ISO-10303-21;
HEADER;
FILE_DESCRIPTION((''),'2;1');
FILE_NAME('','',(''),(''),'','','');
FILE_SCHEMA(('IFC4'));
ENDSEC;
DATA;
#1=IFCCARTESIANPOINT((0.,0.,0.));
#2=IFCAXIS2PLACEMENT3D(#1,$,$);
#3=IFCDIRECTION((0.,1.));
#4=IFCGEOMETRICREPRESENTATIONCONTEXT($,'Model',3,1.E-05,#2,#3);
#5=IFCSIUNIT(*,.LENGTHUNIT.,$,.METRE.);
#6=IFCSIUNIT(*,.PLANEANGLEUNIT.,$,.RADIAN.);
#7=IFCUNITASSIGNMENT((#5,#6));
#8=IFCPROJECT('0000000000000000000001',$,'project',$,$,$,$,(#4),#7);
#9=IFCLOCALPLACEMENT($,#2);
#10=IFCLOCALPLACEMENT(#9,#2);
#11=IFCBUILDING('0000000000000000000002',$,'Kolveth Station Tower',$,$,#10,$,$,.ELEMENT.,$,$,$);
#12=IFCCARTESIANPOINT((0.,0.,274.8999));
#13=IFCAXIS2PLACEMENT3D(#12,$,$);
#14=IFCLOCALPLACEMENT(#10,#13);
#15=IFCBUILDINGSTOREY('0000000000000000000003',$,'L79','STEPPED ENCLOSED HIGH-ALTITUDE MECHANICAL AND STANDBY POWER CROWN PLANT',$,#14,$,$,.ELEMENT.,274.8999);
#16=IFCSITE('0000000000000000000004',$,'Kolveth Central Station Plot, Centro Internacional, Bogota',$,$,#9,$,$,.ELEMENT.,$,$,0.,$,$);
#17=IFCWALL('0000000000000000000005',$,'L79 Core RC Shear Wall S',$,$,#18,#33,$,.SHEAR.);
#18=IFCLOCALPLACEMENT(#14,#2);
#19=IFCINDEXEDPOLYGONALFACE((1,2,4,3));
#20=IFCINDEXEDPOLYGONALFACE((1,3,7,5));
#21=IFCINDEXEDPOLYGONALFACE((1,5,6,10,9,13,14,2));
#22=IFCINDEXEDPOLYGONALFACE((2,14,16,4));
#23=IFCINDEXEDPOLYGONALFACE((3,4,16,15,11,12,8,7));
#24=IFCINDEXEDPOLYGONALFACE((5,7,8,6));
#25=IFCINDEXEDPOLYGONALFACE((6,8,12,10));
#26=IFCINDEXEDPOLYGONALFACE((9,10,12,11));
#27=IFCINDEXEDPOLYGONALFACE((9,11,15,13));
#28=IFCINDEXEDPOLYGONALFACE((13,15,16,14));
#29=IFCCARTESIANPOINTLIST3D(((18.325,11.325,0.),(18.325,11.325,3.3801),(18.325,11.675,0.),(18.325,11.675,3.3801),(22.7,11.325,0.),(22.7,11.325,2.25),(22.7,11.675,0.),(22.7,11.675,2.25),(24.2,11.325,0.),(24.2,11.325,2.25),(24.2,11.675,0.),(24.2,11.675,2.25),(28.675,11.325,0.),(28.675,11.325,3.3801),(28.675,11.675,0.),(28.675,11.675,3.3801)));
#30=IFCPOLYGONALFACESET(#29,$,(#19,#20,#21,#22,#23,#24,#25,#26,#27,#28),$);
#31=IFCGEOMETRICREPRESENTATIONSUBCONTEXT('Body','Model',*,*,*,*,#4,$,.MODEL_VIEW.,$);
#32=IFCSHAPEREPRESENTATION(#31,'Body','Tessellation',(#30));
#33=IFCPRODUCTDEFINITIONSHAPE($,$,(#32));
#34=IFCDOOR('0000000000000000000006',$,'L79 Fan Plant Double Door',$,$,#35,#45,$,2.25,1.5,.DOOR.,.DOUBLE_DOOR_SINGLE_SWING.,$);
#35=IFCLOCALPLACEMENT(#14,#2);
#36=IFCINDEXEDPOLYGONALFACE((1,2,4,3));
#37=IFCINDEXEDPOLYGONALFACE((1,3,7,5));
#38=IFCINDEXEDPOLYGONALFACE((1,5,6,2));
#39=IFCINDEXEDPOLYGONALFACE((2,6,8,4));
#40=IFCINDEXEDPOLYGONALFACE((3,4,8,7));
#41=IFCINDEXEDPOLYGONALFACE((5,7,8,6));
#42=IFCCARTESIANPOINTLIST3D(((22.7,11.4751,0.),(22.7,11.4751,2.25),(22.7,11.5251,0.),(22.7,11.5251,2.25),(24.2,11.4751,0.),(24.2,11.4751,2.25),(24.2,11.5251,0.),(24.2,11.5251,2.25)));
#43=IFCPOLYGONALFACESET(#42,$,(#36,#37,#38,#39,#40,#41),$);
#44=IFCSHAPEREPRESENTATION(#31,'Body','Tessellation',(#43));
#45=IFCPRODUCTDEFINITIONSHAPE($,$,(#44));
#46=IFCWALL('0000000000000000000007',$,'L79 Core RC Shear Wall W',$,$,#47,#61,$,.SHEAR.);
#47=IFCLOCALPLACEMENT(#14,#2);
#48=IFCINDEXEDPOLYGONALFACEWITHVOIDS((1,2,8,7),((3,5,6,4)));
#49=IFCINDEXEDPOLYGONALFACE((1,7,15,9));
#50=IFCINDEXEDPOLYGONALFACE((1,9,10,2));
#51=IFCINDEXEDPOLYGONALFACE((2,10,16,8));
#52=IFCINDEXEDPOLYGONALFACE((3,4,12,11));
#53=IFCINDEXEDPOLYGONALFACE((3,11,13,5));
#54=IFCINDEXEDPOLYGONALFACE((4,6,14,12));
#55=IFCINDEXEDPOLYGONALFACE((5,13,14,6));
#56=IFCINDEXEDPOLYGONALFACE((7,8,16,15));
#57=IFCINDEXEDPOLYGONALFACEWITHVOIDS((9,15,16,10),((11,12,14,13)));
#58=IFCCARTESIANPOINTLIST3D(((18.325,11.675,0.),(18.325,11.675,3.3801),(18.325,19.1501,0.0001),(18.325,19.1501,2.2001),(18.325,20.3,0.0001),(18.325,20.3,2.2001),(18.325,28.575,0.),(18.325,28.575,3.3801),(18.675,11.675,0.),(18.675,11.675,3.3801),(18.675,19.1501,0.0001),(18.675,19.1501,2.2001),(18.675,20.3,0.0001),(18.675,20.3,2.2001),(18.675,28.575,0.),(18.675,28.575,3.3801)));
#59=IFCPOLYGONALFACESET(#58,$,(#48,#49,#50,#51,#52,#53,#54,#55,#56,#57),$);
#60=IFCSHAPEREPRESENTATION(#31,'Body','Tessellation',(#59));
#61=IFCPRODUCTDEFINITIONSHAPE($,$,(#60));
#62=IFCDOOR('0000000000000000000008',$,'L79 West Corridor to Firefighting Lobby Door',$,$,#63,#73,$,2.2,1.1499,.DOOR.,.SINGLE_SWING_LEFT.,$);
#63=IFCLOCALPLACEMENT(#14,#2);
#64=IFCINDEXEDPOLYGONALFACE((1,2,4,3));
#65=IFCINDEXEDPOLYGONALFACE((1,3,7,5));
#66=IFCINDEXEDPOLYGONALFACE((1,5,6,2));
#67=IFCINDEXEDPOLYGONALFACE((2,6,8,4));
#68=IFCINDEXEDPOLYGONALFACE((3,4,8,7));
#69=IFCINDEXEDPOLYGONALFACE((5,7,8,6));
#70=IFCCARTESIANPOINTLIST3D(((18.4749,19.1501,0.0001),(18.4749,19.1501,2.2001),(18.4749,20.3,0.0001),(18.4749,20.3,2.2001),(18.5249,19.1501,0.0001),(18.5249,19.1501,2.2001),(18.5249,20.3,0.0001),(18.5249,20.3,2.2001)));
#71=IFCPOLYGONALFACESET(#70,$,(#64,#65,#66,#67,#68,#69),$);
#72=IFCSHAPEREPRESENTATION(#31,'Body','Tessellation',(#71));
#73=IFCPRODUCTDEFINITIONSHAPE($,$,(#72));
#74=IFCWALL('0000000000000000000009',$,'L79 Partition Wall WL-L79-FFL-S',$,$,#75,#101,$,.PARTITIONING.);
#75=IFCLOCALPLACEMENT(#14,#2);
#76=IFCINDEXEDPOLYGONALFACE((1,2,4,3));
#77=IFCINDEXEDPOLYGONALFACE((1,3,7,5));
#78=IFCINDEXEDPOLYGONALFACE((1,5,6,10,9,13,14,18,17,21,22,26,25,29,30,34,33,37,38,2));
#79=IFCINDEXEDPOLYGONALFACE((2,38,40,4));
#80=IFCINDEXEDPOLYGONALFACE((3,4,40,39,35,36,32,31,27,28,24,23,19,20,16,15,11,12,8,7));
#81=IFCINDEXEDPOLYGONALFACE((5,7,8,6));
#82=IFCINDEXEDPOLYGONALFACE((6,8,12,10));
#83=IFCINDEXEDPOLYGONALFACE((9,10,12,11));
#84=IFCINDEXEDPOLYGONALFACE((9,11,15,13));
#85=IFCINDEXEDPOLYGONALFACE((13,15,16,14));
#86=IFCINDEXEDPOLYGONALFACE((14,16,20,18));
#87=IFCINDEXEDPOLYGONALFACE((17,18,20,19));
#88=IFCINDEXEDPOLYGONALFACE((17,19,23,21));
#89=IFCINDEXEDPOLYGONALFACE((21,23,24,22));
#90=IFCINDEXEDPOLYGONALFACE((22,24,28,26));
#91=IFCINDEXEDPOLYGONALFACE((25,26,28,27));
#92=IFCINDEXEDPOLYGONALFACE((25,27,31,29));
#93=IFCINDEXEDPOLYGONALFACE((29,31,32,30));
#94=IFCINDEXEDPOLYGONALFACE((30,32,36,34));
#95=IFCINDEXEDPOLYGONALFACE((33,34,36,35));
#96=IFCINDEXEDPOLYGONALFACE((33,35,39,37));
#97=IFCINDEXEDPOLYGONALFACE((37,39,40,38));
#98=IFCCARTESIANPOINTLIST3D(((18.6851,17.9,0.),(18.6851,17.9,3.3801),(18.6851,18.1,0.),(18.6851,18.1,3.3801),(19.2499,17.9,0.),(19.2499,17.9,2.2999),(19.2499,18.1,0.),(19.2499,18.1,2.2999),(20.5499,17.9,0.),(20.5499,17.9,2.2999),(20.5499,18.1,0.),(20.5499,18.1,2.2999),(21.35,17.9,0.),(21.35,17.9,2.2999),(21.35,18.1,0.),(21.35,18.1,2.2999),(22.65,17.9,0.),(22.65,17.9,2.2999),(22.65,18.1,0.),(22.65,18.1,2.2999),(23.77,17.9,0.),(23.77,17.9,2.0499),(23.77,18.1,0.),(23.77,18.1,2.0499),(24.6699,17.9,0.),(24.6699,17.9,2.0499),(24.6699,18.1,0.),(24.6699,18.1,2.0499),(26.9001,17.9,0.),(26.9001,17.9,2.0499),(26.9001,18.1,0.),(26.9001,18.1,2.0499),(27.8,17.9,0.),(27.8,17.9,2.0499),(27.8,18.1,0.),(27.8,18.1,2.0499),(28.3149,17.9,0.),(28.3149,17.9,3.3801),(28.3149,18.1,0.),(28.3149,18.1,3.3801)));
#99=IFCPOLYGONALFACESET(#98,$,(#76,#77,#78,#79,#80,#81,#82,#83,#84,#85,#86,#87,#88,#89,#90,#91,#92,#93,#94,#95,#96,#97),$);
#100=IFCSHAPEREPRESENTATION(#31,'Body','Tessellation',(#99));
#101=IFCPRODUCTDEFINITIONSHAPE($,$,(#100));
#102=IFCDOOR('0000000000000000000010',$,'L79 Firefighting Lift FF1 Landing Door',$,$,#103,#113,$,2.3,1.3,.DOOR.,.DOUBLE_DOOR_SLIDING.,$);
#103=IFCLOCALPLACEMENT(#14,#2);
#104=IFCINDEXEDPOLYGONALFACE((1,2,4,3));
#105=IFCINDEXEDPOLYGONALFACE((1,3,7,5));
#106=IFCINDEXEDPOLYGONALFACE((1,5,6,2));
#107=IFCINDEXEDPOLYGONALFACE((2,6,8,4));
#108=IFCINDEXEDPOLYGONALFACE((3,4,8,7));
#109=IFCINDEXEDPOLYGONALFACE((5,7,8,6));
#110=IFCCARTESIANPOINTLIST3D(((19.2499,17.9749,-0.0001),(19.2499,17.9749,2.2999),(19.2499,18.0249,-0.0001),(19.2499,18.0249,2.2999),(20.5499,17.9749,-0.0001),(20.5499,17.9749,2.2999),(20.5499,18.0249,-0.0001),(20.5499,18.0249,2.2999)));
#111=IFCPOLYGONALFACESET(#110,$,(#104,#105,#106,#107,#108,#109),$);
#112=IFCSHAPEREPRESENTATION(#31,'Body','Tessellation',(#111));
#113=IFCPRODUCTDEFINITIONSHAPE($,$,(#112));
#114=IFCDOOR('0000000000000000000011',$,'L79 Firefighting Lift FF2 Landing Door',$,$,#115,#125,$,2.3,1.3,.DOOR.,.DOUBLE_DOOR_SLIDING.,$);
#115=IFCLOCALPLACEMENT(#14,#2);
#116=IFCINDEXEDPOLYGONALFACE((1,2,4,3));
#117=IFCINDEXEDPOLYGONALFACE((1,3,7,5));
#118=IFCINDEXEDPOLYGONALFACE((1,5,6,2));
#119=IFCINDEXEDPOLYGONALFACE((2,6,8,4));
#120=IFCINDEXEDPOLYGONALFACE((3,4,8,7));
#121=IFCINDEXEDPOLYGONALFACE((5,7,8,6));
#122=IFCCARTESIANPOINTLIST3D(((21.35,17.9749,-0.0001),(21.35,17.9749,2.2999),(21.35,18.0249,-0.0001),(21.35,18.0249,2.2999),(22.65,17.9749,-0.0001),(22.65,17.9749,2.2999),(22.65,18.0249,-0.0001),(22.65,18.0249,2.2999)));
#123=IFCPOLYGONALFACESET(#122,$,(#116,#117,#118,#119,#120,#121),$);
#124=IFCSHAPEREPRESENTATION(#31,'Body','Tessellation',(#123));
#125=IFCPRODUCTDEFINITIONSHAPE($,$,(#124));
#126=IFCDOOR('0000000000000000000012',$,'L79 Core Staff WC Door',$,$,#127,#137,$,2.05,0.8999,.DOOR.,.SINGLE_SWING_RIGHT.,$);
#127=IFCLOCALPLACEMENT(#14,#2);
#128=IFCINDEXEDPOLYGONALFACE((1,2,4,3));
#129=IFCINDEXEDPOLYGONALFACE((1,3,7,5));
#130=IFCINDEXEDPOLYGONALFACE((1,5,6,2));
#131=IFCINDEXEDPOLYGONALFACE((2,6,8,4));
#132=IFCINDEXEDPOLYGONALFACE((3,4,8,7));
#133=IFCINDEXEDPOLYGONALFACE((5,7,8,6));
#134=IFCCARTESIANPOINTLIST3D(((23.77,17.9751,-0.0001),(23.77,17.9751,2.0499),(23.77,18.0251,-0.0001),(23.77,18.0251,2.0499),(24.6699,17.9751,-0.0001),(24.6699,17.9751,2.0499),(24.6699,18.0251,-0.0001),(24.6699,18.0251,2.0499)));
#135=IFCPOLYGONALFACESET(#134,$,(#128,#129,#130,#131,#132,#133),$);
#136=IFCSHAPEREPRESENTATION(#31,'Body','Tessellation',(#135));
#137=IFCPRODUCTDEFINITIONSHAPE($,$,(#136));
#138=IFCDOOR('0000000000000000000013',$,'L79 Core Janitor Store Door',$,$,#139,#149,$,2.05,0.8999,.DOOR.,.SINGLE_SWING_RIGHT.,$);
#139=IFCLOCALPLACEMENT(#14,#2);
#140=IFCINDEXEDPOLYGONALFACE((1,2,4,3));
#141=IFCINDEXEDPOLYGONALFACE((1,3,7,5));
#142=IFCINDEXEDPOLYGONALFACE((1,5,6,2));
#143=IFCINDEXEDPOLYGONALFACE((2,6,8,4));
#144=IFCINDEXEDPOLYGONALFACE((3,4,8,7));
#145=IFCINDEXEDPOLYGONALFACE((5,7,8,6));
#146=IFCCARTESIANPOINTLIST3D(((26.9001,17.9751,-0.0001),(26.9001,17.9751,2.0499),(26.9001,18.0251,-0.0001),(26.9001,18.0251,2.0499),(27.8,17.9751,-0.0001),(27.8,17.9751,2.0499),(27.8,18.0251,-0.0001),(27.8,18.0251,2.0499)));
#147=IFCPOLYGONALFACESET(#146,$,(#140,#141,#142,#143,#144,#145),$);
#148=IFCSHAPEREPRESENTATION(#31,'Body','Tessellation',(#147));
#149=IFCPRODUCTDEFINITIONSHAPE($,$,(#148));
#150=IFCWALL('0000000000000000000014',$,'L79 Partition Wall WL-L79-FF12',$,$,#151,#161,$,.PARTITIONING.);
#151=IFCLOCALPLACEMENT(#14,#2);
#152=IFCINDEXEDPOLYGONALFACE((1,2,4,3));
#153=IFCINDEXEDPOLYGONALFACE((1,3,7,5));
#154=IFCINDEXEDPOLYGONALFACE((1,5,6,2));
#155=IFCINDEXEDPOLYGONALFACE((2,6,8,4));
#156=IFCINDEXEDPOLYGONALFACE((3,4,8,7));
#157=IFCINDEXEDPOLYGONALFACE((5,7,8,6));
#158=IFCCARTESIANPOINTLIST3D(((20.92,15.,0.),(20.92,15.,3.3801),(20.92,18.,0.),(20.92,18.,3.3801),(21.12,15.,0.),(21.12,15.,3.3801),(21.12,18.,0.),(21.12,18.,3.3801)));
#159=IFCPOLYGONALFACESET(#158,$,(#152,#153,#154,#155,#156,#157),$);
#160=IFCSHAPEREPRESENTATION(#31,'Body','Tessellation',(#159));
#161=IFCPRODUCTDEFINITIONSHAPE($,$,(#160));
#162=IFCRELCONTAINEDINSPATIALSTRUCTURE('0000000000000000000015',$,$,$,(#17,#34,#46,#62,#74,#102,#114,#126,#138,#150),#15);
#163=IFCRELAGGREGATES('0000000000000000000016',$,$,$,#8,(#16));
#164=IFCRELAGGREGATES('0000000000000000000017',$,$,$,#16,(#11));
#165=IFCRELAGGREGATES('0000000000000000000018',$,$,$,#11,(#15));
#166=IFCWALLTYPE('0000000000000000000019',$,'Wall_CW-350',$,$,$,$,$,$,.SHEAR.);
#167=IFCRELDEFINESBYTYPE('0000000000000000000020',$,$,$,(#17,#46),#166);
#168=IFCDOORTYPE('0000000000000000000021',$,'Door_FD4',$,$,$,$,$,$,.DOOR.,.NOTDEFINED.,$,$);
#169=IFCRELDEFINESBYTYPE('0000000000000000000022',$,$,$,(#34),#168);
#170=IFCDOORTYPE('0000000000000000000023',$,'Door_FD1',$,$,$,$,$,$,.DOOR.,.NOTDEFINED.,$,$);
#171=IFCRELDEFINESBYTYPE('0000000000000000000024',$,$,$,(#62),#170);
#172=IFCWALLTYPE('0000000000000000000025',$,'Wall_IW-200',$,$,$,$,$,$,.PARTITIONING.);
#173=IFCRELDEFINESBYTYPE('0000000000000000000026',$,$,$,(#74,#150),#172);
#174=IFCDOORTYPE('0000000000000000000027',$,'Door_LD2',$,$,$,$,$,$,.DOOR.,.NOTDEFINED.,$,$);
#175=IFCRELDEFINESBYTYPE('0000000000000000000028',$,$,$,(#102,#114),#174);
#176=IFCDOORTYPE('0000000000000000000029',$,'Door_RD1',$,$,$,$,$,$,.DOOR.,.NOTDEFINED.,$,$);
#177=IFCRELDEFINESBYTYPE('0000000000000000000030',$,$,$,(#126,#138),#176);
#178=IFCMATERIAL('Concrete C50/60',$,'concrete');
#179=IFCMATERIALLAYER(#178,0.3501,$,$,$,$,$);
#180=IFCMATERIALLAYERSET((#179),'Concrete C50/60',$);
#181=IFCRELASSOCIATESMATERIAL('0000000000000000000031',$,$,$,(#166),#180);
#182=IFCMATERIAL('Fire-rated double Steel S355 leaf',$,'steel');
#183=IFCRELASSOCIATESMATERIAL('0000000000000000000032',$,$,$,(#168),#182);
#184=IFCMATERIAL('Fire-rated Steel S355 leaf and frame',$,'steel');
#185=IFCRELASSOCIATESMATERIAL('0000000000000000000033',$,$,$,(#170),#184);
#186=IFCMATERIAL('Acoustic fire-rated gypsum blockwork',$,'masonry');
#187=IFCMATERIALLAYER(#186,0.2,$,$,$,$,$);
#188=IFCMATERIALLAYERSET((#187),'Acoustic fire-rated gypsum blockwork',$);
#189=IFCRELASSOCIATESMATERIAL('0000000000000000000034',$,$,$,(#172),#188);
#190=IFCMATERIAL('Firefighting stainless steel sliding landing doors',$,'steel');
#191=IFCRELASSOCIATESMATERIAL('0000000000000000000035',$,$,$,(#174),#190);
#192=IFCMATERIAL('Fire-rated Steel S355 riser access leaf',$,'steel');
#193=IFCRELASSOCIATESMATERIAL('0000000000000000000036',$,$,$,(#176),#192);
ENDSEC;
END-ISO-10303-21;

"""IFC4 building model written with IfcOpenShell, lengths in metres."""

from ifc_helpers import new_model, si_unit, direction, frame, frame_2d, origin, place, context, subcontext, project, spatial, rectangle, extrude, material, layer, layer_set, type_object, element, fill, save


model = new_model("IFC4")

# Units and contexts
model_context = context("Model", 3, precision=1e-05, world=origin(), true_north=direction((0.0, 1.0)))
body_context = subcontext(model_context, "Body", "Model", "MODEL_VIEW")
ifc_project = project(units=[si_unit("LENGTHUNIT", "METRE"), si_unit("PLANEANGLEUNIT", "RADIAN")], contexts=[model_context])

# Site, building, storey
site_placement = place(None, origin())
site = spatial("IfcSite", under=ifc_project, at=site_placement, Name="Kolveth Central Station Plot, Centro Internacional, Bogota", CompositionType="ELEMENT", RefElevation=0.0)
building_placement = place(site_placement, origin())
building = spatial("IfcBuilding", under=site, at=building_placement, Name="Kolveth Station Tower", CompositionType="ELEMENT")
storey_placement = place(building_placement, frame((0.0, 0.0, 274.8999)))
storey = spatial("IfcBuildingStorey", under=building, at=storey_placement, Name="L79", Description="STEPPED ENCLOSED HIGH-ALTITUDE MECHANICAL AND STANDBY POWER CROWN PLANT", CompositionType="ELEMENT", Elevation=274.8999)

# Walls, openings, doors
ifc_material_1 = material(Name="Concrete C50/60", Category="concrete")
ifc_layer_1 = layer(ifc_material_1, 0.3501)
ifc_layer_set_1 = layer_set([ifc_layer_1], Name="Concrete C50/60")
wall_type_1 = type_object("IfcWallType", Name="Wall_CW-350", PredefinedType="SHEAR", material=ifc_layer_set_1)
wall_1_placement = place(storey_placement, frame((18.325, 11.5, 0.0), z_axis=(0.0, 0.0, 1.0), x_axis=(1.0, 0.0, 0.0)))
wall_1 = element("IfcWall", 1, at=wall_1_placement, inside=storey, type_object=wall_type_1, Name="L79 Core RC Shear Wall S", PredefinedType="SHEAR", context=body_context, shape_type="SweptSolid", body=[
    extrude(rectangle(XDim=10.3501, YDim=0.3501, at=frame_2d((5.175, 0.0))), origin(), (0.0, 0.0, 1.0), 3.3801),
])
opening_1_placement = place(wall_1_placement, frame((4.375, 0.0, 0.0)))
opening_1 = element("IfcOpeningElement", 2, at=opening_1_placement, cuts=wall_1, PredefinedType="OPENING", context=body_context, shape_type="SweptSolid", body=[
    extrude(rectangle(XDim=1.5, YDim=2.25, at=frame_2d((0.75, 1.125))), frame((0.0, 0.1851, 0.0), z_axis=(0.0, -1.0, 0.0), x_axis=(1.0, 0.0, 0.0)), (0.0, 0.0, 1.0), 0.3701),
])
ifc_material_2 = material(Name="Fire-rated double Steel S355 leaf", Category="steel")
door_type_1 = type_object("IfcDoorType", Name="Door_FD4", OperationType="NOTDEFINED", PredefinedType="DOOR", material=ifc_material_2)
door_1_placement = place(opening_1_placement, frame((1.5, 0.0, 0.0), z_axis=(0.0, 0.0, 1.0), x_axis=(-1.0, 0.0, 0.0)))
door_1 = element("IfcDoor", 3, at=door_1_placement, inside=storey, type_object=door_type_1, Name="L79 Fan Plant Double Door", OperationType="DOUBLE_DOOR_SINGLE_SWING", OverallHeight=2.25, OverallWidth=1.5, PredefinedType="DOOR", context=body_context, shape_type="SweptSolid", body=[
    extrude(rectangle(XDim=1.5, YDim=2.25, at=frame_2d((0.75, 1.125))), frame((0.0, 0.0249, 0.0), z_axis=(0.0, -1.0, 0.0), x_axis=(1.0, 0.0, 0.0)), (0.0, 0.0, 1.0), 0.05),
])
fill(opening_1, door_1)
wall_2_placement = place(storey_placement, frame((18.5, 11.675, 0.0), z_axis=(0.0, 0.0, 1.0), x_axis=(0.0, 1.0, 0.0)))
wall_2 = element("IfcWall", 4, at=wall_2_placement, inside=storey, type_object=wall_type_1, Name="L79 Core RC Shear Wall W", PredefinedType="SHEAR", context=body_context, shape_type="SweptSolid", body=[
    extrude(rectangle(XDim=16.8999, YDim=0.3501, at=frame_2d((8.45, 0.0))), origin(), (0.0, 0.0, 1.0), 3.3801),
])
opening_2_placement = place(wall_2_placement, frame((7.4751, 0.0, 0.0)))
opening_2 = element("IfcOpeningElement", 5, at=opening_2_placement, cuts=wall_2, PredefinedType="OPENING", context=body_context, shape_type="SweptSolid", body=[
    extrude(rectangle(XDim=1.1499, YDim=2.2, at=frame_2d((0.575, 1.1001))), frame((0.0, 0.1851, 0.0), z_axis=(0.0, -1.0, 0.0), x_axis=(1.0, 0.0, 0.0)), (0.0, 0.0, 1.0), 0.3701),
])
ifc_material_3 = material(Name="Fire-rated Steel S355 leaf and frame", Category="steel")
door_type_2 = type_object("IfcDoorType", Name="Door_FD1", OperationType="NOTDEFINED", PredefinedType="DOOR", material=ifc_material_3)
door_2_placement = place(opening_2_placement, frame((1.1499, 0.0, 0.0), z_axis=(0.0, 0.0, 1.0), x_axis=(-1.0, 0.0, 0.0)))
door_2 = element("IfcDoor", 6, at=door_2_placement, inside=storey, type_object=door_type_2, Name="L79 West Corridor to Firefighting Lobby Door", OperationType="SINGLE_SWING_LEFT", OverallHeight=2.2, OverallWidth=1.1499, PredefinedType="DOOR", context=body_context, shape_type="SweptSolid", body=[
    extrude(rectangle(XDim=1.1499, YDim=2.2, at=frame_2d((0.575, 1.1001))), frame((0.0, 0.0249, 0.0), z_axis=(0.0, -1.0, 0.0), x_axis=(1.0, 0.0, 0.0)), (0.0, 0.0, 1.0), 0.05),
])
fill(opening_2, door_2)

# Wall, openings, doors
ifc_material_4 = material(Name="Acoustic fire-rated gypsum blockwork", Category="masonry")
ifc_layer_2 = layer(ifc_material_4, 0.2)
ifc_layer_set_2 = layer_set([ifc_layer_2], Name="Acoustic fire-rated gypsum blockwork")
wall_type_2 = type_object("IfcWallType", Name="Wall_IW-200", PredefinedType="PARTITIONING", material=ifc_layer_set_2)
wall_3_placement = place(storey_placement, frame((18.6851, 18.0, 0.0), z_axis=(0.0, 0.0, 1.0), x_axis=(1.0, 0.0, 0.0)))
wall_3 = element("IfcWall", 7, at=wall_3_placement, inside=storey, type_object=wall_type_2, Name="L79 Partition Wall WL-L79-FFL-S", PredefinedType="PARTITIONING", context=body_context, shape_type="SweptSolid", body=[
    extrude(rectangle(XDim=9.6299, YDim=0.2, at=frame_2d((4.8149, 0.0))), origin(), (0.0, 0.0, 1.0), 3.3801),
])
opening_3_placement = place(wall_3_placement, frame((0.5649, 0.0, 0.0)))
opening_3 = element("IfcOpeningElement", 8, at=opening_3_placement, cuts=wall_3, PredefinedType="OPENING", context=body_context, shape_type="SweptSolid", body=[
    extrude(rectangle(XDim=1.3, YDim=2.3, at=frame_2d((0.6499, 1.1499))), frame((0.0, 0.1099, 0.0), z_axis=(0.0, -1.0, 0.0), x_axis=(1.0, 0.0, 0.0)), (0.0, 0.0, 1.0), 0.22),
])
opening_4_placement = place(wall_3_placement, frame((2.665, 0.0, 0.0)))
opening_4 = element("IfcOpeningElement", 9, at=opening_4_placement, cuts=wall_3, PredefinedType="OPENING", context=body_context, shape_type="SweptSolid", body=[
    extrude(rectangle(XDim=1.3, YDim=2.3, at=frame_2d((0.6499, 1.1499))), frame((0.0, 0.1099, 0.0), z_axis=(0.0, -1.0, 0.0), x_axis=(1.0, 0.0, 0.0)), (0.0, 0.0, 1.0), 0.22),
])
opening_5_placement = place(wall_3_placement, frame((5.085, 0.0, 0.0)))
opening_5 = element("IfcOpeningElement", 10, at=opening_5_placement, cuts=wall_3, PredefinedType="OPENING", context=body_context, shape_type="SweptSolid", body=[
    extrude(rectangle(XDim=0.8999, YDim=2.05, at=frame_2d((0.45, 1.0249))), frame((0.0, 0.1099, 0.0), z_axis=(0.0, -1.0, 0.0), x_axis=(1.0, 0.0, 0.0)), (0.0, 0.0, 1.0), 0.22),
])
opening_6_placement = place(wall_3_placement, frame((8.2151, 0.0, 0.0)))
opening_6 = element("IfcOpeningElement", 11, at=opening_6_placement, cuts=wall_3, PredefinedType="OPENING", context=body_context, shape_type="SweptSolid", body=[
    extrude(rectangle(XDim=0.8999, YDim=2.05, at=frame_2d((0.45, 1.0249))), frame((0.0, 0.1099, 0.0), z_axis=(0.0, -1.0, 0.0), x_axis=(1.0, 0.0, 0.0)), (0.0, 0.0, 1.0), 0.22),
])
ifc_material_5 = material(Name="Firefighting stainless steel sliding landing doors", Category="steel")
door_type_3 = type_object("IfcDoorType", Name="Door_LD2", OperationType="NOTDEFINED", PredefinedType="DOOR", material=ifc_material_5)
door_3_placement = place(opening_3_placement, origin())
door_3 = element("IfcDoor", 12, at=door_3_placement, inside=storey, type_object=door_type_3, Name="L79 Firefighting Lift FF1 Landing Door", OperationType="DOUBLE_DOOR_SLIDING", OverallHeight=2.3, OverallWidth=1.3, PredefinedType="DOOR", context=body_context, shape_type="SweptSolid", body=[
    extrude(rectangle(XDim=1.3, YDim=2.3, at=frame_2d((0.6499, 1.1499))), frame((0.0, 0.0249, 0.0), z_axis=(0.0, -1.0, 0.0), x_axis=(1.0, 0.0, 0.0)), (0.0, 0.0, 1.0), 0.05),
])
fill(opening_3, door_3)
door_4_placement = place(opening_4_placement, origin())
door_4 = element("IfcDoor", 13, at=door_4_placement, inside=storey, type_object=door_type_3, Name="L79 Firefighting Lift FF2 Landing Door", OperationType="DOUBLE_DOOR_SLIDING", OverallHeight=2.3, OverallWidth=1.3, PredefinedType="DOOR", context=body_context, shape_type="SweptSolid", body=[
    extrude(rectangle(XDim=1.3, YDim=2.3, at=frame_2d((0.6499, 1.1499))), frame((0.0, 0.0249, 0.0), z_axis=(0.0, -1.0, 0.0), x_axis=(1.0, 0.0, 0.0)), (0.0, 0.0, 1.0), 0.05),
])
fill(opening_4, door_4)
ifc_material_6 = material(Name="Fire-rated Steel S355 riser access leaf", Category="steel")
door_type_4 = type_object("IfcDoorType", Name="Door_RD1", OperationType="NOTDEFINED", PredefinedType="DOOR", material=ifc_material_6)
door_5_placement = place(opening_5_placement, frame((0.8999, 0.0, 0.0), z_axis=(0.0, 0.0, 1.0), x_axis=(-1.0, 0.0, 0.0)))
door_5 = element("IfcDoor", 14, at=door_5_placement, inside=storey, type_object=door_type_4, Name="L79 Core Staff WC Door", OperationType="SINGLE_SWING_RIGHT", OverallHeight=2.05, OverallWidth=0.8999, PredefinedType="DOOR", context=body_context, shape_type="SweptSolid", body=[
    extrude(rectangle(XDim=0.8999, YDim=2.05, at=frame_2d((0.45, 1.0249))), frame((0.0, 0.0249, 0.0), z_axis=(0.0, -1.0, 0.0), x_axis=(1.0, 0.0, 0.0)), (0.0, 0.0, 1.0), 0.05),
])
fill(opening_5, door_5)
door_6_placement = place(opening_6_placement, frame((0.8999, 0.0, 0.0), z_axis=(0.0, 0.0, 1.0), x_axis=(-1.0, 0.0, 0.0)))
door_6 = element("IfcDoor", 15, at=door_6_placement, inside=storey, type_object=door_type_4, Name="L79 Core Janitor Store Door", OperationType="SINGLE_SWING_RIGHT", OverallHeight=2.05, OverallWidth=0.8999, PredefinedType="DOOR", context=body_context, shape_type="SweptSolid", body=[
    extrude(rectangle(XDim=0.8999, YDim=2.05, at=frame_2d((0.45, 1.0249))), frame((0.0, 0.0249, 0.0), z_axis=(0.0, -1.0, 0.0), x_axis=(1.0, 0.0, 0.0)), (0.0, 0.0, 1.0), 0.05),
])
fill(opening_6, door_6)

# Wall
wall_4_placement = place(storey_placement, frame((21.02, 15.0, 0.0), z_axis=(0.0, 0.0, 1.0), x_axis=(0.0, 1.0, 0.0)))
element("IfcWall", 16, at=wall_4_placement, inside=storey, type_object=wall_type_2, Name="L79 Partition Wall WL-L79-FF12", PredefinedType="PARTITIONING", context=body_context, shape_type="SweptSolid", body=[
    extrude(rectangle(XDim=3.0, YDim=0.2, at=frame_2d((1.5, 0.0))), origin(), (0.0, 0.0, 1.0), 3.3801),
])

save(model, "model.ifc")
